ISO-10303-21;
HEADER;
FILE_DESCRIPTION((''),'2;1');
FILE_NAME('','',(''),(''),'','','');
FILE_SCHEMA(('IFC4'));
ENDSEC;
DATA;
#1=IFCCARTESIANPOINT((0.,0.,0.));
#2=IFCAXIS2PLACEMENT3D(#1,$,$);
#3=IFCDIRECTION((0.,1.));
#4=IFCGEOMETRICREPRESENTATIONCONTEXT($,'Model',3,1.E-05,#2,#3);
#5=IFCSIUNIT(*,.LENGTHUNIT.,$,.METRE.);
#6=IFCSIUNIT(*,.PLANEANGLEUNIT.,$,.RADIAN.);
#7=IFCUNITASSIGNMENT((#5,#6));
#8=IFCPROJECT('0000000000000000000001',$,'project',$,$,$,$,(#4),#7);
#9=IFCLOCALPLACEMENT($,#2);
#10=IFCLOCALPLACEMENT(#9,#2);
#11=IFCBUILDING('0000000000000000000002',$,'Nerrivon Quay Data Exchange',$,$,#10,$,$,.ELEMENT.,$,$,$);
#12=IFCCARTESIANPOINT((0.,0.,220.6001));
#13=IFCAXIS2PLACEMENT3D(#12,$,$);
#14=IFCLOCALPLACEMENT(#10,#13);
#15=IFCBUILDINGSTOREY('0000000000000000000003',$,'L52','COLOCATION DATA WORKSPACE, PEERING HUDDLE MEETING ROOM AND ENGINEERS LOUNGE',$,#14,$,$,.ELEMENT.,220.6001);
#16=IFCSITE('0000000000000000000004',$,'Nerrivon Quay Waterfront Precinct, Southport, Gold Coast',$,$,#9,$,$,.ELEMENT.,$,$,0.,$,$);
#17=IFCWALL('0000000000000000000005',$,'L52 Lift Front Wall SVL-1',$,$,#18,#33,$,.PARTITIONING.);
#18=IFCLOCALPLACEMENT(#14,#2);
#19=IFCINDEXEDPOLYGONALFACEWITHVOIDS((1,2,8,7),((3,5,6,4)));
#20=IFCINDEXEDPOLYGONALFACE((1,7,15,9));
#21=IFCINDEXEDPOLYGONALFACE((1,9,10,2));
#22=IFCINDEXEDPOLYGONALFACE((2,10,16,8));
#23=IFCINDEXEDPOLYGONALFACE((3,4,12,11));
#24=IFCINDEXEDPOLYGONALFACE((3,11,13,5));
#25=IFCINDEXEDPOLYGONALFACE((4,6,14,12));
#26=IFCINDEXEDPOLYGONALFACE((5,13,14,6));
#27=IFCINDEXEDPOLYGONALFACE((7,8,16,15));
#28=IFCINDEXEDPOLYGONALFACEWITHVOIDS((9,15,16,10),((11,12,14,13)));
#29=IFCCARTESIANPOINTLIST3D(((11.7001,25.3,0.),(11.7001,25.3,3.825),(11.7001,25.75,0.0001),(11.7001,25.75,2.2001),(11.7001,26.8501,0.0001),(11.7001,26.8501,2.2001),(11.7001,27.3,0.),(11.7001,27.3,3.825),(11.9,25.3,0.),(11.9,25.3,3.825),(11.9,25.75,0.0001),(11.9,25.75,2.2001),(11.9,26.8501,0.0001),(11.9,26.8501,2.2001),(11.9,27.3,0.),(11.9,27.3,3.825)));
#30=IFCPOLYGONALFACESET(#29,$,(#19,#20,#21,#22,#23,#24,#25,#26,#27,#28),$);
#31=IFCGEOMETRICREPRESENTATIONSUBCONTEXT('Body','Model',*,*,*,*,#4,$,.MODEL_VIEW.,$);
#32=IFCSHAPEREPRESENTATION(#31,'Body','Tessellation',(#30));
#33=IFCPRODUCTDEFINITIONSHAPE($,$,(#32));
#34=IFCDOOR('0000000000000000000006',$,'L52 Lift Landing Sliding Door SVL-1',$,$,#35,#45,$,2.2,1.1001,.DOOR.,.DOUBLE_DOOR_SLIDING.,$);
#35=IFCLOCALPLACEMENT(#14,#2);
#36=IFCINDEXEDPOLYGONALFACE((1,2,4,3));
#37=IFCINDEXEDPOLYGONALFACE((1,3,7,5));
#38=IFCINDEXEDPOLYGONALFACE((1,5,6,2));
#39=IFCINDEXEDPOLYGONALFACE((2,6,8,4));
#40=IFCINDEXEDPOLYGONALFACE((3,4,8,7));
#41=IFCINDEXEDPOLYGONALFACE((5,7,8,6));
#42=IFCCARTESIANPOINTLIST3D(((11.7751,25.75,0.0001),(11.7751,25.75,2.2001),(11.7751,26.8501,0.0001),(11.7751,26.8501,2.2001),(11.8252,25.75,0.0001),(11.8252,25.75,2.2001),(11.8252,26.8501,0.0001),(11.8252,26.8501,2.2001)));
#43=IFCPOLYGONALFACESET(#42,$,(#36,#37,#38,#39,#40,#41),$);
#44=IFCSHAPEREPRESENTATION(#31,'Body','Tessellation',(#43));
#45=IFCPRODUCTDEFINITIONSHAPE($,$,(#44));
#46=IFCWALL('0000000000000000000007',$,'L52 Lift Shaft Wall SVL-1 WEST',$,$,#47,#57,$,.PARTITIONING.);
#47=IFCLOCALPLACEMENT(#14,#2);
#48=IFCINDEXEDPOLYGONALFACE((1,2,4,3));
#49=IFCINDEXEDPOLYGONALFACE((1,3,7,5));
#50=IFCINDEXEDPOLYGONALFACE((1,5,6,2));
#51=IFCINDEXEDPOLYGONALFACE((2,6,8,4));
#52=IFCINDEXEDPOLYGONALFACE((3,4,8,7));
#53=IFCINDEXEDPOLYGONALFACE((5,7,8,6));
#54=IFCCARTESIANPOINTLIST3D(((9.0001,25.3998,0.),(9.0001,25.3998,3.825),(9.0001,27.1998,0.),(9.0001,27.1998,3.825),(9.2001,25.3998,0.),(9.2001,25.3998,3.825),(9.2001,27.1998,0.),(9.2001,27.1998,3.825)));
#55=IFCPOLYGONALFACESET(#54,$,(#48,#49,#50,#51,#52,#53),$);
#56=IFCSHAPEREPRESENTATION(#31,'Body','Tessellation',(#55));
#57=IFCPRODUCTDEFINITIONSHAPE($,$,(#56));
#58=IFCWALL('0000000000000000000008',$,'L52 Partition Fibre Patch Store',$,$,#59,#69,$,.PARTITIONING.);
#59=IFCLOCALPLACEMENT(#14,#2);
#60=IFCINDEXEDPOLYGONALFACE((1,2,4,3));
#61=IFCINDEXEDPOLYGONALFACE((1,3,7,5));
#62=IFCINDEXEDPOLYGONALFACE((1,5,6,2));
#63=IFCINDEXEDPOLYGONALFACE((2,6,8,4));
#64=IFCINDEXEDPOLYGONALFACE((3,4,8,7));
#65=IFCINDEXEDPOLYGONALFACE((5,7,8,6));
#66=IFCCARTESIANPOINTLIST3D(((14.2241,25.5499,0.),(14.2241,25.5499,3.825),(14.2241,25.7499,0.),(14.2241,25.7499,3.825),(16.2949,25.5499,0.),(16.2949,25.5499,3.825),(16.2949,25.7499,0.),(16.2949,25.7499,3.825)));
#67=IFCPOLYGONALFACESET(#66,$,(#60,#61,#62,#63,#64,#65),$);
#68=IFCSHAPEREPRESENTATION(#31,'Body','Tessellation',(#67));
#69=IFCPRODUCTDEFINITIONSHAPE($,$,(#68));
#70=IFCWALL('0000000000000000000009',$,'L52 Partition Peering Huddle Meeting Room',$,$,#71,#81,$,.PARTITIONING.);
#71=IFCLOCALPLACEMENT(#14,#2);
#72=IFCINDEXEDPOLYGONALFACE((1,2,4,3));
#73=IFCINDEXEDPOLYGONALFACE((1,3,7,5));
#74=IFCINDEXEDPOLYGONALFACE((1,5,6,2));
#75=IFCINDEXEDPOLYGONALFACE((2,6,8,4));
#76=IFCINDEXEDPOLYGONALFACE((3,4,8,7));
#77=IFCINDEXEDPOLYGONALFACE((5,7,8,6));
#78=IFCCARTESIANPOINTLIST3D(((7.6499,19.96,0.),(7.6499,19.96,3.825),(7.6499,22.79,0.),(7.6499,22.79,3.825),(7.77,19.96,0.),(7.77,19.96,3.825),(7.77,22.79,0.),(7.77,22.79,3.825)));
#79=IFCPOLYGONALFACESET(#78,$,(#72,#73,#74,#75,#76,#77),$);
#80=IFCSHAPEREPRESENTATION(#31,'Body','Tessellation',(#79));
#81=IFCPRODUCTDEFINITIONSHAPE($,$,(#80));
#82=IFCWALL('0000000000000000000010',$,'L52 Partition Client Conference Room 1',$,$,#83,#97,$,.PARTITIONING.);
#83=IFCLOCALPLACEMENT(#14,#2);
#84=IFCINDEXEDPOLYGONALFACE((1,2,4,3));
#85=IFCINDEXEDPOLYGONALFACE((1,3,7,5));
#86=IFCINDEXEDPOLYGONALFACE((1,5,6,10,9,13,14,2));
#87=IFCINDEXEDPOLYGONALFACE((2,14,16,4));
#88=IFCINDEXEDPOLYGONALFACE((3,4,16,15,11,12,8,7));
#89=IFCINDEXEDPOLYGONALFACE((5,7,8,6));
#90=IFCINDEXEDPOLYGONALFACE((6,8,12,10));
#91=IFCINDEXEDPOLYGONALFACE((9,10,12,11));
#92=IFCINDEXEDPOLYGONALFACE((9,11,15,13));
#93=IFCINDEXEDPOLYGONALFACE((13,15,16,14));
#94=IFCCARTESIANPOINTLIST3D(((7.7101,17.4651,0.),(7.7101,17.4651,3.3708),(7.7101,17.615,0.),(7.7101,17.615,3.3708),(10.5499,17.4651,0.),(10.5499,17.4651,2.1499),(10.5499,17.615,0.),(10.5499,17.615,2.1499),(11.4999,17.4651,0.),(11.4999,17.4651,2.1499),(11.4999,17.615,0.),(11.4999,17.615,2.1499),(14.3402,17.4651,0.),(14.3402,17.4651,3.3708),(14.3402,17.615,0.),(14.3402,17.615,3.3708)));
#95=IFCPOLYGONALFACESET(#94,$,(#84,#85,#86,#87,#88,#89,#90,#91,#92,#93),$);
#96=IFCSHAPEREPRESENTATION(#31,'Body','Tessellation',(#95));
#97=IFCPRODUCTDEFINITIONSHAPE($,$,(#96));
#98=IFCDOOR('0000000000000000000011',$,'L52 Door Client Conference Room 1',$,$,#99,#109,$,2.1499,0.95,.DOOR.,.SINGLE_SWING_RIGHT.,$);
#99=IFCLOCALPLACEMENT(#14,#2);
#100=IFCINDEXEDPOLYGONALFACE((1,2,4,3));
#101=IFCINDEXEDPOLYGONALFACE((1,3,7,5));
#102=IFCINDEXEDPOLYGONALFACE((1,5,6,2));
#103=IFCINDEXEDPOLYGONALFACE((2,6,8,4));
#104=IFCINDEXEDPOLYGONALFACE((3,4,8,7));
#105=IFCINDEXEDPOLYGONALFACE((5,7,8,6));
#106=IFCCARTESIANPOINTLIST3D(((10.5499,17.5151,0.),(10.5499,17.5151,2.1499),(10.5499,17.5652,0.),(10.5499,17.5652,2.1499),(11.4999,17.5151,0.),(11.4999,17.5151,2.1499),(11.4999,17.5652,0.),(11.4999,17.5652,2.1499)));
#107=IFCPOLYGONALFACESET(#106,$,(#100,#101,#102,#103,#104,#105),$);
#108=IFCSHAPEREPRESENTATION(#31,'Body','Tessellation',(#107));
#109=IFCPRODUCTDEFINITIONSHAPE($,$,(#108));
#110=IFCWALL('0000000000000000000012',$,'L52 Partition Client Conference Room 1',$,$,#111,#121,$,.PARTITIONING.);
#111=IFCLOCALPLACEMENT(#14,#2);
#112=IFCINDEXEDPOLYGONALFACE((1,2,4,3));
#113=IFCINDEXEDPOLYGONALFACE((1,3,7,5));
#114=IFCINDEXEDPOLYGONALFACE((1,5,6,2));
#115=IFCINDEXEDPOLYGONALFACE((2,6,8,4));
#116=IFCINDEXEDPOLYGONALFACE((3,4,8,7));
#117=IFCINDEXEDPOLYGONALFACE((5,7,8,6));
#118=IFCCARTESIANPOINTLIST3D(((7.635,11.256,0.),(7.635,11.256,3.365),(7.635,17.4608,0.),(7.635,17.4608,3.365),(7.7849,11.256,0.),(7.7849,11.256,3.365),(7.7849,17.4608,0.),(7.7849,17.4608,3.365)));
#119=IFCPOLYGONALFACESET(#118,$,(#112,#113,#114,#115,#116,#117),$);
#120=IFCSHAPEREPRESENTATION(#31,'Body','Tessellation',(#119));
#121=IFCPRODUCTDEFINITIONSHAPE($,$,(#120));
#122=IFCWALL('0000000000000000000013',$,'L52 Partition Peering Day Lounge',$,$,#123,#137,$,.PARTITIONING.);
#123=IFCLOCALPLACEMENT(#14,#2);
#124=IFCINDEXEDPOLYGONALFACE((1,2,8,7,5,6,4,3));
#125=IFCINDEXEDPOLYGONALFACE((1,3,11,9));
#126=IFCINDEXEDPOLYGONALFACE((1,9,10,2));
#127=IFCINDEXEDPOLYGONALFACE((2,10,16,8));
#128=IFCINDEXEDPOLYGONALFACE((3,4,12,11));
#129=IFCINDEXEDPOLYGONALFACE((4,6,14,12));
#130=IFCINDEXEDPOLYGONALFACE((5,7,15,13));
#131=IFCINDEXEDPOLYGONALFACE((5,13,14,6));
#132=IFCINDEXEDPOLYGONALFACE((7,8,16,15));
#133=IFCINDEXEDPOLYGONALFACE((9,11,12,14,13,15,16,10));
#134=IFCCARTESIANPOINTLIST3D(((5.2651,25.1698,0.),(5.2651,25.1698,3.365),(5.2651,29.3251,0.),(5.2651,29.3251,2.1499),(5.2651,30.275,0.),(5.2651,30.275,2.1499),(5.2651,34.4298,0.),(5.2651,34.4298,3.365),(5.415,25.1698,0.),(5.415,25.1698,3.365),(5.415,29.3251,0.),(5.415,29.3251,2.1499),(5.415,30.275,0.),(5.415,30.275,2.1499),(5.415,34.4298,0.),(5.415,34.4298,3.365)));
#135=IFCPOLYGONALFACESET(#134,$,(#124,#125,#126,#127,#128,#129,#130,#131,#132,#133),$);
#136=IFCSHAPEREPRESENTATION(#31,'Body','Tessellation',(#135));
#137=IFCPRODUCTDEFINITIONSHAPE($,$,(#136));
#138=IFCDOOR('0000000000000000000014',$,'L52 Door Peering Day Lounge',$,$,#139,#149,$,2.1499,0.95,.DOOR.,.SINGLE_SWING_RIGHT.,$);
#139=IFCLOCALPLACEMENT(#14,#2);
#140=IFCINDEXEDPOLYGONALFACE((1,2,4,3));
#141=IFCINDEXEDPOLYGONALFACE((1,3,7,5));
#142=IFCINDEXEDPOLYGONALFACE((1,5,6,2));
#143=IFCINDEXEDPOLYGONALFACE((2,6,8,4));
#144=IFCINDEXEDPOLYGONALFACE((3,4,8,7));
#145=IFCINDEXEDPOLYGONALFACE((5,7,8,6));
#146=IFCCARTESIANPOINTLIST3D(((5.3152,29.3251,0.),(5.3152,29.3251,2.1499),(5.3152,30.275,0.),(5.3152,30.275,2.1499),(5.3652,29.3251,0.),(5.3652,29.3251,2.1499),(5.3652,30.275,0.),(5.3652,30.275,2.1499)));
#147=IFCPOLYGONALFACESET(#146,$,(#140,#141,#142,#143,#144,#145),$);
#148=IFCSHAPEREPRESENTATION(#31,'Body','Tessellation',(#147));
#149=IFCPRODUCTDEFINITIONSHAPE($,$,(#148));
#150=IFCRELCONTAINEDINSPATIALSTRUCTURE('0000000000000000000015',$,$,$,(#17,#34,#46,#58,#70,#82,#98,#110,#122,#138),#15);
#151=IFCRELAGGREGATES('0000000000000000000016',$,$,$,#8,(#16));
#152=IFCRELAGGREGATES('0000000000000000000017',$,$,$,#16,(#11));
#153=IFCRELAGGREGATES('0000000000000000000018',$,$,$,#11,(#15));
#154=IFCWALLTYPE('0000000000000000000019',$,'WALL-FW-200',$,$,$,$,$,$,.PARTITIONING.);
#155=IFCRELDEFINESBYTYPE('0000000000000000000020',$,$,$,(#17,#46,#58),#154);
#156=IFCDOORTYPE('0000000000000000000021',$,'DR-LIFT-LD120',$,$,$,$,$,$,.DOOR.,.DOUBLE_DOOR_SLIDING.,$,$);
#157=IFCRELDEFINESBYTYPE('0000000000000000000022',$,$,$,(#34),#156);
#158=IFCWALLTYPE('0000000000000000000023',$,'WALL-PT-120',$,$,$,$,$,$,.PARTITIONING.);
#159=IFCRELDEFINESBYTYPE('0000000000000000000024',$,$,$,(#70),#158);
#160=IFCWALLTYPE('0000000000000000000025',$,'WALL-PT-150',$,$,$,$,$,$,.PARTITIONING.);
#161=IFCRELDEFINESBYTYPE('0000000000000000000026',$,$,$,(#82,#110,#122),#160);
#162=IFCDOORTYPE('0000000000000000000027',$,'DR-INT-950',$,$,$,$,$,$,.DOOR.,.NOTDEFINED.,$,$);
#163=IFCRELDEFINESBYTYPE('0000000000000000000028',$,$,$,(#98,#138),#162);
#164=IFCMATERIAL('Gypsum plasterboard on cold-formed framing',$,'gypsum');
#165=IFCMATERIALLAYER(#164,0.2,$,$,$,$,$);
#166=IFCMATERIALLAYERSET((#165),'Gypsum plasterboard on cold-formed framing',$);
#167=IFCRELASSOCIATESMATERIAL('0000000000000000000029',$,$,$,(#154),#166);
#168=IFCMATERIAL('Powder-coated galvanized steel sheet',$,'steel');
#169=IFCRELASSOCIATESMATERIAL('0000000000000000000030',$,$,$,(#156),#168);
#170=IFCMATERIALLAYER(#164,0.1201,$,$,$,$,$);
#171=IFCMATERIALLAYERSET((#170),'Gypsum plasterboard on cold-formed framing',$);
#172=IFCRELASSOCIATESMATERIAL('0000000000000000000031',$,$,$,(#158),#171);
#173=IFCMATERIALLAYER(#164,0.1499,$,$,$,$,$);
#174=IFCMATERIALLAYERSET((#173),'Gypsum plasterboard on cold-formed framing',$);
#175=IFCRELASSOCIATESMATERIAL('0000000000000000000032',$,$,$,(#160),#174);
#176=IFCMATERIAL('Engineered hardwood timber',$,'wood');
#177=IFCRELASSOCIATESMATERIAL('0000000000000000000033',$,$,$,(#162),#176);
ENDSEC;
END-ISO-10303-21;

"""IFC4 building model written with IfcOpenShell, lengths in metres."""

from ifc_helpers import new_model, si_unit, direction, frame, frame_2d, origin, place, context, subcontext, project, spatial, rectangle, extrude, material, layer, layer_set, type_object, element, fill, save


model = new_model("IFC4")

# Units and contexts
model_context = context("Model", 3, precision=1e-05, world=origin(), true_north=direction((0.0, 1.0)))
body_context = subcontext(model_context, "Body", "Model", "MODEL_VIEW")
ifc_project = project(units=[si_unit("LENGTHUNIT", "METRE"), si_unit("PLANEANGLEUNIT", "RADIAN")], contexts=[model_context])

# Site, building, storey
site_placement = place(None, origin())
site = spatial("IfcSite", under=ifc_project, at=site_placement, Name="Nerrivon Quay Waterfront Precinct, Southport, Gold Coast", CompositionType="ELEMENT", RefElevation=0.0)
building_placement = place(site_placement, origin())
building = spatial("IfcBuilding", under=site, at=building_placement, Name="Nerrivon Quay Data Exchange", CompositionType="ELEMENT")
storey_placement = place(building_placement, frame((0.0, 0.0, 220.6001)))
storey = spatial("IfcBuildingStorey", under=building, at=storey_placement, Name="L52", Description="COLOCATION DATA WORKSPACE, PEERING HUDDLE MEETING ROOM AND ENGINEERS LOUNGE", CompositionType="ELEMENT", Elevation=220.6001)

# Wall, opening, door
ifc_material_1 = material(Name="Powder-coated galvanized steel sheet", Category="steel")
ifc_material_2 = material(Name="Gypsum plasterboard on cold-formed framing", Category="gypsum")
ifc_layer_1 = layer(ifc_material_2, 0.2)
ifc_layer_set_1 = layer_set([ifc_layer_1], Name="Gypsum plasterboard on cold-formed framing")
wall_type_1 = type_object("IfcWallType", Name="WALL-FW-200", PredefinedType="PARTITIONING", material=ifc_layer_set_1)
wall_1_placement = place(storey_placement, frame((11.8, 25.3, 0.0), z_axis=(0.0, 0.0, 1.0), x_axis=(0.0, 1.0, 0.0)))
wall_1 = element("IfcWall", 1, at=wall_1_placement, inside=storey, type_object=wall_type_1, Name="L52 Lift Front Wall SVL-1", PredefinedType="PARTITIONING", context=body_context, shape_type="SweptSolid", body=[
    extrude(rectangle(XDim=2.0, YDim=0.2, at=frame_2d((1.0, 0.0))), origin(), (0.0, 0.0, 1.0), 3.825),
])
opening_1_placement = place(wall_1_placement, frame((0.45, 0.0, 0.0)))
opening_1 = element("IfcOpeningElement", 2, at=opening_1_placement, cuts=wall_1, PredefinedType="OPENING", context=body_context, shape_type="SweptSolid", body=[
    extrude(rectangle(XDim=1.1001, YDim=2.2, at=frame_2d((0.55, 1.1001))), frame((0.0, 0.1099, 0.0), z_axis=(0.0, -1.0, 0.0), x_axis=(1.0, 0.0, 0.0)), (0.0, 0.0, 1.0), 0.22),
])
door_type_1 = type_object("IfcDoorType", Name="DR-LIFT-LD120", OperationType="DOUBLE_DOOR_SLIDING", PredefinedType="DOOR", material=ifc_material_1)
door_1_placement = place(opening_1_placement, origin())
door_1 = element("IfcDoor", 3, at=door_1_placement, inside=storey, type_object=door_type_1, Name="L52 Lift Landing Sliding Door SVL-1", OperationType="DOUBLE_DOOR_SLIDING", OverallHeight=2.2, OverallWidth=1.1001, PredefinedType="DOOR", context=body_context, shape_type="SweptSolid", body=[
    extrude(rectangle(XDim=1.1001, YDim=2.2, at=frame_2d((0.55, 1.1001))), frame((0.0, 0.0249, 0.0), z_axis=(0.0, -1.0, 0.0), x_axis=(1.0, 0.0, 0.0)), (0.0, 0.0, 1.0), 0.05),
])
fill(opening_1, door_1)

# Walls
wall_2_placement = place(storey_placement, frame((9.1001, 25.3999, 0.0), z_axis=(0.0, 0.0, 1.0), x_axis=(0.0, 1.0, 0.0)))
element("IfcWall", 4, at=wall_2_placement, inside=storey, type_object=wall_type_1, Name="L52 Lift Shaft Wall SVL-1 WEST", PredefinedType="PARTITIONING", context=body_context, shape_type="SweptSolid", body=[
    extrude(rectangle(XDim=1.8, YDim=0.2, at=frame_2d((0.8999, 0.0))), origin(), (0.0, 0.0, 1.0), 3.825),
])
wall_3_placement = place(storey_placement, frame((14.2241, 25.6499, 0.0), z_axis=(0.0, 0.0, 1.0), x_axis=(1.0, 0.0, 0.0)))
element("IfcWall", 5, at=wall_3_placement, inside=storey, type_object=wall_type_1, Name="L52 Partition Fibre Patch Store", PredefinedType="PARTITIONING", context=body_context, shape_type="SweptSolid", body=[
    extrude(rectangle(XDim=2.0708, YDim=0.2, at=frame_2d((1.0354, 0.0))), origin(), (0.0, 0.0, 1.0), 3.825),
])
ifc_layer_2 = layer(ifc_material_2, 0.1201)
ifc_layer_set_2 = layer_set([ifc_layer_2], Name="Gypsum plasterboard on cold-formed framing")
wall_type_2 = type_object("IfcWallType", Name="WALL-PT-120", PredefinedType="PARTITIONING", material=ifc_layer_set_2)
wall_4_placement = place(storey_placement, frame((7.71, 22.79, 0.0), z_axis=(0.0, 0.0, 1.0), x_axis=(0.0, -1.0, 0.0)))
element("IfcWall", 6, at=wall_4_placement, inside=storey, type_object=wall_type_2, Name="L52 Partition Peering Huddle Meeting Room", PredefinedType="PARTITIONING", context=body_context, shape_type="SweptSolid", body=[
    extrude(rectangle(XDim=2.8301, YDim=0.1201, at=frame_2d((1.415, 0.0))), origin(), (0.0, 0.0, 1.0), 3.825),
])

# Wall, opening, door
ifc_layer_3 = layer(ifc_material_2, 0.1499)
ifc_layer_set_3 = layer_set([ifc_layer_3], Name="Gypsum plasterboard on cold-formed framing")
wall_type_3 = type_object("IfcWallType", Name="WALL-PT-150", PredefinedType="PARTITIONING", material=ifc_layer_set_3)
wall_5_placement = place(storey_placement, frame((14.3401, 17.54, 0.0), z_axis=(0.0, 0.0, 1.0), x_axis=(-1.0, 0.0, 0.0)))
wall_5 = element("IfcWall", 7, at=wall_5_placement, inside=storey, type_object=wall_type_3, Name="L52 Partition Client Conference Room 1", PredefinedType="PARTITIONING", context=body_context, shape_type="SweptSolid", body=[
    extrude(rectangle(XDim=6.6301, YDim=0.1499, at=frame_2d((3.3149, 0.0))), origin(), (0.0, 0.0, 1.0), 3.3708),
])
opening_2_placement = place(wall_5_placement, frame((2.8401, 0.0, 0.0)))
opening_2 = element("IfcOpeningElement", 8, at=opening_2_placement, cuts=wall_5, PredefinedType="OPENING", context=body_context, shape_type="SweptSolid", body=[
    extrude(rectangle(XDim=0.95, YDim=2.1499, at=frame_2d((0.4751, 1.075))), frame((0.0, 0.085, 0.0), z_axis=(0.0, -1.0, 0.0), x_axis=(1.0, 0.0, 0.0)), (0.0, 0.0, 1.0), 0.1699),
])
ifc_material_3 = material(Name="Engineered hardwood timber", Category="wood")
door_type_2 = type_object("IfcDoorType", Name="DR-INT-950", OperationType="NOTDEFINED", PredefinedType="DOOR", material=ifc_material_3)
door_2_placement = place(opening_2_placement, origin())
door_2 = element("IfcDoor", 9, at=door_2_placement, inside=storey, type_object=door_type_2, Name="L52 Door Client Conference Room 1", OperationType="SINGLE_SWING_RIGHT", OverallHeight=2.1499, OverallWidth=0.95, PredefinedType="DOOR", context=body_context, shape_type="SweptSolid", body=[
    extrude(rectangle(XDim=0.95, YDim=2.1499, at=frame_2d((0.4751, 1.075))), frame((0.0, 0.0249, 0.0), z_axis=(0.0, -1.0, 0.0), x_axis=(1.0, 0.0, 0.0)), (0.0, 0.0, 1.0), 0.05),
])
fill(opening_2, door_2)

# Wall
wall_6_placement = place(storey_placement, frame((7.71, 17.4609, 0.0), z_axis=(0.0, 0.0, 1.0), x_axis=(0.0, -1.0, 0.0)))
element("IfcWall", 10, at=wall_6_placement, inside=storey, type_object=wall_type_3, Name="L52 Partition Client Conference Room 1", PredefinedType="PARTITIONING", context=body_context, shape_type="SweptSolid", body=[
    extrude(rectangle(XDim=6.2048, YDim=0.1499, at=frame_2d((3.1025, 0.0))), origin(), (0.0, 0.0, 1.0), 3.365),
])

# Wall, opening, door
wall_7_placement = place(storey_placement, frame((5.3401, 25.1699, 0.0), z_axis=(0.0, 0.0, 1.0), x_axis=(0.0, 1.0, 0.0)))
wall_7 = element("IfcWall", 11, at=wall_7_placement, inside=storey, type_object=wall_type_3, Name="L52 Partition Peering Day Lounge", PredefinedType="PARTITIONING", context=body_context, shape_type="SweptSolid", body=[
    extrude(rectangle(XDim=9.26, YDim=0.1499, at=frame_2d((4.6299, 0.0))), origin(), (0.0, 0.0, 1.0), 3.365),
])
opening_3_placement = place(wall_7_placement, frame((4.155, 0.0, 0.0)))
opening_3 = element("IfcOpeningElement", 12, at=opening_3_placement, cuts=wall_7, PredefinedType="OPENING", context=body_context, shape_type="SweptSolid", body=[
    extrude(rectangle(XDim=0.95, YDim=2.1499, at=frame_2d((0.4751, 1.075))), frame((0.0, 0.085, 0.0), z_axis=(0.0, -1.0, 0.0), x_axis=(1.0, 0.0, 0.0)), (0.0, 0.0, 1.0), 0.1699),
])
door_3_placement = place(opening_3_placement, origin())
door_3 = element("IfcDoor", 13, at=door_3_placement, inside=storey, type_object=door_type_2, Name="L52 Door Peering Day Lounge", OperationType="SINGLE_SWING_RIGHT", OverallHeight=2.1499, OverallWidth=0.95, PredefinedType="DOOR", context=body_context, shape_type="SweptSolid", body=[
    extrude(rectangle(XDim=0.95, YDim=2.1499, at=frame_2d((0.4751, 1.075))), frame((0.0, 0.0249, 0.0), z_axis=(0.0, -1.0, 0.0), x_axis=(1.0, 0.0, 0.0)), (0.0, 0.0, 1.0), 0.05),
])
fill(opening_3, door_3)

save(model, "model.ifc")
